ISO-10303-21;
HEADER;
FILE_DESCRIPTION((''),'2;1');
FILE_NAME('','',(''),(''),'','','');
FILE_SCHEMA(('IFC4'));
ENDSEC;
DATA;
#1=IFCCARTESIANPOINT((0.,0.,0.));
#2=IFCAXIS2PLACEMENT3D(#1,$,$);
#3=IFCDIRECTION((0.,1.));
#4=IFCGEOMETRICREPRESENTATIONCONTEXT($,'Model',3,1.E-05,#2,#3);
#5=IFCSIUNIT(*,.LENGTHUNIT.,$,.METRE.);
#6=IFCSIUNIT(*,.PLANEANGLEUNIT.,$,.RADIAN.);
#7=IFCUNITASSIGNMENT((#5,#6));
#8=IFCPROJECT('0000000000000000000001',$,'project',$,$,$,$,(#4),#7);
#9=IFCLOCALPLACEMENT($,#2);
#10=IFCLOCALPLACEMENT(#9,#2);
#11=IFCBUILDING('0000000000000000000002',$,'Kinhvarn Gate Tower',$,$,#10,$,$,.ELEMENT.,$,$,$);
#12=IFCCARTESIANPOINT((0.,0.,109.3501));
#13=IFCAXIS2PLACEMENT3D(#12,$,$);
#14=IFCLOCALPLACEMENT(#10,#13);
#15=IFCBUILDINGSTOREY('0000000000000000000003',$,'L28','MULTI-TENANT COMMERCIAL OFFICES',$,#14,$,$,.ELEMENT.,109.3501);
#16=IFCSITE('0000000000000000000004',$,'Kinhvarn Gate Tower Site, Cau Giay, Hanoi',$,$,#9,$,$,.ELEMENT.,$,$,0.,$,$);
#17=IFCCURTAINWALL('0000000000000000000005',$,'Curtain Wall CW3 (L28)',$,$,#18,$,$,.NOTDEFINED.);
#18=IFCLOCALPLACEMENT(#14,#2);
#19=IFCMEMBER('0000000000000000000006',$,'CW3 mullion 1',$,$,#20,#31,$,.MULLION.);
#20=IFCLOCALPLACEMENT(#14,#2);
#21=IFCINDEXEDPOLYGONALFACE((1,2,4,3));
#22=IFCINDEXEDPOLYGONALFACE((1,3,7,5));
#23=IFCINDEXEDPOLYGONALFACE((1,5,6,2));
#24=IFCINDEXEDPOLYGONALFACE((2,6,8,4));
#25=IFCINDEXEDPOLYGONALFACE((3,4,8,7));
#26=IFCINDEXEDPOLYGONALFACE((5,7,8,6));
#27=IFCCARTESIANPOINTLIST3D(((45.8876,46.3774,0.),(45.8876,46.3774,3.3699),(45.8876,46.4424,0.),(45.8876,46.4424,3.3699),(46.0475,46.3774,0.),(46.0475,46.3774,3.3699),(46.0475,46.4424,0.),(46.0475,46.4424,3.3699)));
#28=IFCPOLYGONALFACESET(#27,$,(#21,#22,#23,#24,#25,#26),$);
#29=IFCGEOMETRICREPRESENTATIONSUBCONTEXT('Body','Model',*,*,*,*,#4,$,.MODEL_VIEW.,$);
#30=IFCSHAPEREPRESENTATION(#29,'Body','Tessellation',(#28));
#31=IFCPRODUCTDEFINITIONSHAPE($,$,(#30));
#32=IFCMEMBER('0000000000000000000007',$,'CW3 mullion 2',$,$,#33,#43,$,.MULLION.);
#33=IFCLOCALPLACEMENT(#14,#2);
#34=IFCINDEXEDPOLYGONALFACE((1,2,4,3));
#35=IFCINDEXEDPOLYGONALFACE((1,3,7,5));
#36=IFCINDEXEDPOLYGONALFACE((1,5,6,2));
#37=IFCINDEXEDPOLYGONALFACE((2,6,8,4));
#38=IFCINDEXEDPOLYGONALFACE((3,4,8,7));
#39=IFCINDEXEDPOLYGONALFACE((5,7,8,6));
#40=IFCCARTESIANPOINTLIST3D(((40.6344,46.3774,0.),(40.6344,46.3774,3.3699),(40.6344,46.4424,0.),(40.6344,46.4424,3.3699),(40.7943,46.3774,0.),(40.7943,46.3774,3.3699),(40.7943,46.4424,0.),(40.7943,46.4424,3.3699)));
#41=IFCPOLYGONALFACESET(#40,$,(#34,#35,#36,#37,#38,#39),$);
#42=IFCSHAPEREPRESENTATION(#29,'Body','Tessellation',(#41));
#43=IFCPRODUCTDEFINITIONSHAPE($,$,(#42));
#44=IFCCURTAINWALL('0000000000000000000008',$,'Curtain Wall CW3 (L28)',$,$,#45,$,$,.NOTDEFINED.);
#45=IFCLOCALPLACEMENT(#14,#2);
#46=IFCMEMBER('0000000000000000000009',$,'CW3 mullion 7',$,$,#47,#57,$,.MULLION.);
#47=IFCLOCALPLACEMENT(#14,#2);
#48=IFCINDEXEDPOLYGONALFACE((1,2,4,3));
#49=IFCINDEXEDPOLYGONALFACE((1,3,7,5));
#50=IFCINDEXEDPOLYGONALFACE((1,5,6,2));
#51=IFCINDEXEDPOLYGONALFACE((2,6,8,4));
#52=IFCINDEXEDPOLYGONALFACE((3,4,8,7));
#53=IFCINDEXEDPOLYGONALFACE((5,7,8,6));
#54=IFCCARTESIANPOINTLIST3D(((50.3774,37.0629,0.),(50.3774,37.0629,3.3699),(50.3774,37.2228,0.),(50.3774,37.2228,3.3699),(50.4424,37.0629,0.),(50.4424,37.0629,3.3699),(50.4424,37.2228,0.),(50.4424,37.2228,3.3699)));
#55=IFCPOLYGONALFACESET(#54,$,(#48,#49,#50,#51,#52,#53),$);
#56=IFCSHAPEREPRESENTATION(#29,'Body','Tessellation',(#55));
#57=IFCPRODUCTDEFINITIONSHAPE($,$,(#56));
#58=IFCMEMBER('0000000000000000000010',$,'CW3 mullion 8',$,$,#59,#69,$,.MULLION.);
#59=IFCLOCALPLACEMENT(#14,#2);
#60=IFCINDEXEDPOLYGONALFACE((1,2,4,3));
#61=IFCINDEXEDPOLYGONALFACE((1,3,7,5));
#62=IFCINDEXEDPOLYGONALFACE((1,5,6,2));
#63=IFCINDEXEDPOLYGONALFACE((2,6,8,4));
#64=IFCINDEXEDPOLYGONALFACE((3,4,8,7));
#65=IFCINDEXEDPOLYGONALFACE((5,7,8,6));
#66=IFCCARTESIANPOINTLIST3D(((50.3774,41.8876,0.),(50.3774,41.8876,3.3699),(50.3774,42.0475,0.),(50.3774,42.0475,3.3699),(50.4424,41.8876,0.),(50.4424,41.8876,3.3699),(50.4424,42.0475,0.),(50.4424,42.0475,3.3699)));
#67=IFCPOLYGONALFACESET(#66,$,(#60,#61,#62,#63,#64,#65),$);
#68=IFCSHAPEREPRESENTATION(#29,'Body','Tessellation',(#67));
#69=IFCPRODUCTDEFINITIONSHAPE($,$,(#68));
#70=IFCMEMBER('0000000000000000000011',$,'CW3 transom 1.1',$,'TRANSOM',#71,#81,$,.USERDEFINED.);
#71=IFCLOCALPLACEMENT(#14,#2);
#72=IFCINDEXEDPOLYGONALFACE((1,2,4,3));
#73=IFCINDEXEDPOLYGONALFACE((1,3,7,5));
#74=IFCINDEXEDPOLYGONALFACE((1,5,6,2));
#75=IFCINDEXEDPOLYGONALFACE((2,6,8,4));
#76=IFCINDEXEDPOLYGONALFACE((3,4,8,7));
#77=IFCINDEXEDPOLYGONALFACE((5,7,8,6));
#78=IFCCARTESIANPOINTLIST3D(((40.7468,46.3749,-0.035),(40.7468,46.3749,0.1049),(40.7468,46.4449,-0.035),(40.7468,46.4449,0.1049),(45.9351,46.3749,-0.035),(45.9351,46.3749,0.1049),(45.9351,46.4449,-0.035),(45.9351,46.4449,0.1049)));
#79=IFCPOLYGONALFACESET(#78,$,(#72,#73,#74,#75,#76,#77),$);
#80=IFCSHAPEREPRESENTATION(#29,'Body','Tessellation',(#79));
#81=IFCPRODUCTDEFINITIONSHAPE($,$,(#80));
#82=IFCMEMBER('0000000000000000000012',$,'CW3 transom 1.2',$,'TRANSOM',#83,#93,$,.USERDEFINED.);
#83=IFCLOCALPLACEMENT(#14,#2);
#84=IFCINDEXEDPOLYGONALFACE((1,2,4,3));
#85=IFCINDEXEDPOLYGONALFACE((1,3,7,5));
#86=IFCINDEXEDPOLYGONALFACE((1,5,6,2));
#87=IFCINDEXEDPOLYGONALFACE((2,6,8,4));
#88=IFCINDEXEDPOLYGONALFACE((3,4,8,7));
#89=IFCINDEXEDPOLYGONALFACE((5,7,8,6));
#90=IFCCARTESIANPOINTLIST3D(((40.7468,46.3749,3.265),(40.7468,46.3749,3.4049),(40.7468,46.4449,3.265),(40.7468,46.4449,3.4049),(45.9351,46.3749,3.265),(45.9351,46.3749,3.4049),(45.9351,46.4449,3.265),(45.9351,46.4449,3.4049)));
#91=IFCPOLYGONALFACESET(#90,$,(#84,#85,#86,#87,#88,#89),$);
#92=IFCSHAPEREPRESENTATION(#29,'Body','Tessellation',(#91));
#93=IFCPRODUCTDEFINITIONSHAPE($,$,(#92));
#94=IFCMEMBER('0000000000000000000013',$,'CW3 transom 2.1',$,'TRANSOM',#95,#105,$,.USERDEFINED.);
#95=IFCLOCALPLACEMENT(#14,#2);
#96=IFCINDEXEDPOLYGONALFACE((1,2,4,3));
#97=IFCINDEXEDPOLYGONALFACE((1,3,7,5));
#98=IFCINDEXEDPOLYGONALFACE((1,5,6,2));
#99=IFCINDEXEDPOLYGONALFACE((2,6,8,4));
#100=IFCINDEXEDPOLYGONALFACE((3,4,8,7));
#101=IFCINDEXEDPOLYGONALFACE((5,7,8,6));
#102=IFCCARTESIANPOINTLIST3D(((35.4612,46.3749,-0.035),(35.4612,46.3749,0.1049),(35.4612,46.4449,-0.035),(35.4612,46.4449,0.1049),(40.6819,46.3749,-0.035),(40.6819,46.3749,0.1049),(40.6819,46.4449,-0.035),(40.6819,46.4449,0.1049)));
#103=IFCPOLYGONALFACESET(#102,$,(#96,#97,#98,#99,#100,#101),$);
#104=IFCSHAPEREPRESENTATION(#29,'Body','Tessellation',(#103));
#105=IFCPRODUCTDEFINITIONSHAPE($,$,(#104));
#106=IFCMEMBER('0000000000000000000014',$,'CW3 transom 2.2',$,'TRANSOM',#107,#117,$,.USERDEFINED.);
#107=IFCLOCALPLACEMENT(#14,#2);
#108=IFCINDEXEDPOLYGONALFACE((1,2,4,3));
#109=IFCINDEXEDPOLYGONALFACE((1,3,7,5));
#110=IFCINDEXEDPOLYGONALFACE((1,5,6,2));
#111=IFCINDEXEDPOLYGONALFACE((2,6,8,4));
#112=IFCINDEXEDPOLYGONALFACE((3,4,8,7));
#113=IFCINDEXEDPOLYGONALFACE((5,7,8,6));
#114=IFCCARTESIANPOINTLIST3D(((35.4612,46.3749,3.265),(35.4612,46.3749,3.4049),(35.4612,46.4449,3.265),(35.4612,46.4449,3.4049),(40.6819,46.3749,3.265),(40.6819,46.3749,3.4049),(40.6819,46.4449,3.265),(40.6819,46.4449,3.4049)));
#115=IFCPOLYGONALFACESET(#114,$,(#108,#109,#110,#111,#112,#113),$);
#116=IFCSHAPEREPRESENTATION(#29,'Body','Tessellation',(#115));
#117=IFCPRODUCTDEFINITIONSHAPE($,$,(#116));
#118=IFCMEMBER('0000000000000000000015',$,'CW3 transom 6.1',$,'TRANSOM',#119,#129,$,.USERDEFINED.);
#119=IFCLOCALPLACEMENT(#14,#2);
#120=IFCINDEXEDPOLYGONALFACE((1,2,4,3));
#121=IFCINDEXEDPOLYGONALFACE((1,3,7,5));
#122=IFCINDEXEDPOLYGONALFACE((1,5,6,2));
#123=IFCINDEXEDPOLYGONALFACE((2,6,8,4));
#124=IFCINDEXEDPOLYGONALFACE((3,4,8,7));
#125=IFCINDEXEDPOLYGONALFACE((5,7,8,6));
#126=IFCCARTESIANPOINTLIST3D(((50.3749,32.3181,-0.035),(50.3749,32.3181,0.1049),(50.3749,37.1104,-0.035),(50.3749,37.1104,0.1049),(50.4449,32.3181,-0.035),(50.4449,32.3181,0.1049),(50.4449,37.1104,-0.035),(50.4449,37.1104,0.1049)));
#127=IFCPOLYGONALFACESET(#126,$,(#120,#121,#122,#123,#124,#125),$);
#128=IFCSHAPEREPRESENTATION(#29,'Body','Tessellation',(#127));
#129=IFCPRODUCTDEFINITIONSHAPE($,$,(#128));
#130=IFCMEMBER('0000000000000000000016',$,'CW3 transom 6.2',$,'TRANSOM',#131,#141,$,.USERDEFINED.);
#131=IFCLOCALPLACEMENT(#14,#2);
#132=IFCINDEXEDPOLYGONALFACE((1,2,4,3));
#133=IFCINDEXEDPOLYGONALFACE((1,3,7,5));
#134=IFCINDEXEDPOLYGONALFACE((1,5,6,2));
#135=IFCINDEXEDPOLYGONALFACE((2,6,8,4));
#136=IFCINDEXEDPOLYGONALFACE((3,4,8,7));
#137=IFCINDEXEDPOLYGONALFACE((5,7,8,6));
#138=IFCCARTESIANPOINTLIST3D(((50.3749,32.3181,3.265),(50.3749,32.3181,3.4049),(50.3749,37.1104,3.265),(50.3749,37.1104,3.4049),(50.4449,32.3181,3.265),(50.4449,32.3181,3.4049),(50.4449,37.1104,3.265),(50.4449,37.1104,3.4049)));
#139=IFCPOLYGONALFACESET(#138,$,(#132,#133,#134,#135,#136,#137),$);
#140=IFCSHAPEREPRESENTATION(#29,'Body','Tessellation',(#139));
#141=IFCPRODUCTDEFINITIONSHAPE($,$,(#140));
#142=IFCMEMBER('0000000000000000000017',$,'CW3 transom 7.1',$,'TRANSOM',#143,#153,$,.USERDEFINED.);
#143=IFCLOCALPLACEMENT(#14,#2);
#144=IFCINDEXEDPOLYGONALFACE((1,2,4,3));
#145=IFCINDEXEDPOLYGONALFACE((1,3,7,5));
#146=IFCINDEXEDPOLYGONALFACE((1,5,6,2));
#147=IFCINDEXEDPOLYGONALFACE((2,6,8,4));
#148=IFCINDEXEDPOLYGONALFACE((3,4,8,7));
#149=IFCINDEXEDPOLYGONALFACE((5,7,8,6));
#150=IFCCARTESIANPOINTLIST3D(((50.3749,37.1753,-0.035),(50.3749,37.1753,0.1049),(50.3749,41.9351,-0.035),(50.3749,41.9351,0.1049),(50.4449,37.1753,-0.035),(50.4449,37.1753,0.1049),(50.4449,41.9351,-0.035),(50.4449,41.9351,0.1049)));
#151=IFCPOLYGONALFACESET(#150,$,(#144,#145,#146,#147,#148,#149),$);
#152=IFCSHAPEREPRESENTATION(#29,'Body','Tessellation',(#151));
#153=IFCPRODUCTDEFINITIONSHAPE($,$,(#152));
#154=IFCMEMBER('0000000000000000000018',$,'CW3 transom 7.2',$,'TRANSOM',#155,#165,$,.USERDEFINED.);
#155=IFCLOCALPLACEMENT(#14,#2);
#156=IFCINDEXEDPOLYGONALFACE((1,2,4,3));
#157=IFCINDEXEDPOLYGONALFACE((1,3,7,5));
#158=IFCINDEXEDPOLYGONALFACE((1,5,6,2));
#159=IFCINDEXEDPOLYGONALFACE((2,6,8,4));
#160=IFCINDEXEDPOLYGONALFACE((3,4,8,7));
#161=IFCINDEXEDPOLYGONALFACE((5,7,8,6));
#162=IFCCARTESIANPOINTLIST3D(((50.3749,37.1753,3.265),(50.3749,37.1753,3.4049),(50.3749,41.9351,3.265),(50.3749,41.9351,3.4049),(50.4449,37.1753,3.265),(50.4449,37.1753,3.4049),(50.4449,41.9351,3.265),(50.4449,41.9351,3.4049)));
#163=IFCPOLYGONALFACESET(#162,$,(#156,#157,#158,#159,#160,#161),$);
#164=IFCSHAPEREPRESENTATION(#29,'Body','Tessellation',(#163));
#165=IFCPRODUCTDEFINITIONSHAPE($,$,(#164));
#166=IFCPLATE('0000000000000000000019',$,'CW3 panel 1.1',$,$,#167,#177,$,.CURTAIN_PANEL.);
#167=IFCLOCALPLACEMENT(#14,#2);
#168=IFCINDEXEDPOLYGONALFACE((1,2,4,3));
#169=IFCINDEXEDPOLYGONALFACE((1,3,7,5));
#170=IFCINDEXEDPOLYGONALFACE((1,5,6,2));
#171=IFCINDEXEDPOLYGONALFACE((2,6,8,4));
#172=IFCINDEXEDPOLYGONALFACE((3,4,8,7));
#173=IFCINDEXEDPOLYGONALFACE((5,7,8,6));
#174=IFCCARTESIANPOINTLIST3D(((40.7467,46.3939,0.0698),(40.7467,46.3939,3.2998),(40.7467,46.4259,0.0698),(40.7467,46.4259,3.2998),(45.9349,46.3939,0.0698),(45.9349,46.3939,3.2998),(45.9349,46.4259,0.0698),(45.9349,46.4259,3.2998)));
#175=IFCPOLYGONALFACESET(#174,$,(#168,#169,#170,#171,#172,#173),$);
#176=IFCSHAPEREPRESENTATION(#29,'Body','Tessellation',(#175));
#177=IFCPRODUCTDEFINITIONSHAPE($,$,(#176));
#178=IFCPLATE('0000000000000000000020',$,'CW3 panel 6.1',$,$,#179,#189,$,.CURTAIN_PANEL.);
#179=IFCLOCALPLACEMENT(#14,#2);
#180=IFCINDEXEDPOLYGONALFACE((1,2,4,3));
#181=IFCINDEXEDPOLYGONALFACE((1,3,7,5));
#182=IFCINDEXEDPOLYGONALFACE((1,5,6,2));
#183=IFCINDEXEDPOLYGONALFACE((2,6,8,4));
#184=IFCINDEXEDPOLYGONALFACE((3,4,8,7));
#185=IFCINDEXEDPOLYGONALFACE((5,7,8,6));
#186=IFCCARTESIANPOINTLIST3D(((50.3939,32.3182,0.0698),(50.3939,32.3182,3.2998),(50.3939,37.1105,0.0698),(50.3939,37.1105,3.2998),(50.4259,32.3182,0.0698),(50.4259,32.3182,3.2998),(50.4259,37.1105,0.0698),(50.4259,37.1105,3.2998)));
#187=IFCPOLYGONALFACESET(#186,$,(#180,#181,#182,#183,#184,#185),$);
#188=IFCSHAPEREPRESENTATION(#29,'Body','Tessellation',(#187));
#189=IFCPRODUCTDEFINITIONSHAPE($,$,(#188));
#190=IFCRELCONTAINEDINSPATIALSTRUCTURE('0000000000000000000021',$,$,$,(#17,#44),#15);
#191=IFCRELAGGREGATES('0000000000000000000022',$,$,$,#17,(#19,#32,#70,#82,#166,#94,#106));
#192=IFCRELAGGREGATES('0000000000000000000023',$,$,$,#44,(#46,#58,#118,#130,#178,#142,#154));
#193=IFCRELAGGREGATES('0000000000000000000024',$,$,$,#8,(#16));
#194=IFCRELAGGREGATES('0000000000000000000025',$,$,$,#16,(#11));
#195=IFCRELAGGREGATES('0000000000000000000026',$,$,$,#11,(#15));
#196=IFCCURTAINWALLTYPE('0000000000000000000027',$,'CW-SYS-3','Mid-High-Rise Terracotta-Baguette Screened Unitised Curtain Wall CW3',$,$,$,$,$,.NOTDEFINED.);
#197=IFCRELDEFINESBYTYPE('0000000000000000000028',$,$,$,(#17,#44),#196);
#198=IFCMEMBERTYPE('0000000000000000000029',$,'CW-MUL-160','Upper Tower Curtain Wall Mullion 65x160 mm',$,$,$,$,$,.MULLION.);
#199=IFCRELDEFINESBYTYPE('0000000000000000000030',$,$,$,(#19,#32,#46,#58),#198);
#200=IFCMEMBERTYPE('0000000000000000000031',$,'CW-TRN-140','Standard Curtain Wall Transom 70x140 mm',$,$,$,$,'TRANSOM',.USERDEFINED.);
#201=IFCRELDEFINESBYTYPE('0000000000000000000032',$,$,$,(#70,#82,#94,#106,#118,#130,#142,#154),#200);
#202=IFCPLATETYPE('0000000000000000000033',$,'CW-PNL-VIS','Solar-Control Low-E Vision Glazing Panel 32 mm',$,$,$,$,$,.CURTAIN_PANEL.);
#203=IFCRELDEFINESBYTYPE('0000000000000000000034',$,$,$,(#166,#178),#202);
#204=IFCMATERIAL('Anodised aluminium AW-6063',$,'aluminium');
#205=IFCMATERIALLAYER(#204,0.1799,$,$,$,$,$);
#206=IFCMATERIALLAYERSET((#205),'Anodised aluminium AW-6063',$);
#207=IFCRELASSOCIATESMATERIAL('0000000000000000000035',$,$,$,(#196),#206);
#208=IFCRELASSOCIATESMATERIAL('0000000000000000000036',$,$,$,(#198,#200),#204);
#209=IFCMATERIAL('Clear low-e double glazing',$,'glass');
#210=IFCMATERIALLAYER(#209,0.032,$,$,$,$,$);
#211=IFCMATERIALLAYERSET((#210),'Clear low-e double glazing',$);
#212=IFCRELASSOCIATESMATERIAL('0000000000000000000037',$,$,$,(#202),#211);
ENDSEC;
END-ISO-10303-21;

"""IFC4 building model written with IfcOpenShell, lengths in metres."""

from ifc_helpers import new_model, si_unit, direction, frame, origin, origin_2d, place, context, subcontext, project, spatial, rectangle, extrude, material, layer, layer_set, material_profile, profile_set, type_object, element, aggregate, save


model = new_model("IFC4")

# Units and contexts
model_context = context("Model", 3, precision=1e-05, world=origin(), true_north=direction((0.0, 1.0)))
body_context = subcontext(model_context, "Body", "Model", "MODEL_VIEW")
ifc_project = project(units=[si_unit("LENGTHUNIT", "METRE"), si_unit("PLANEANGLEUNIT", "RADIAN")], contexts=[model_context])

# Site, building, storey
site_placement = place(None, origin())
site = spatial("IfcSite", under=ifc_project, at=site_placement, Name="Kinhvarn Gate Tower Site, Cau Giay, Hanoi", CompositionType="ELEMENT", RefElevation=0.0)
building_placement = place(site_placement, origin())
building = spatial("IfcBuilding", under=site, at=building_placement, Name="Kinhvarn Gate Tower", CompositionType="ELEMENT")
storey_placement = place(building_placement, frame((0.0, 0.0, 109.3501)))
storey = spatial("IfcBuildingStorey", under=building, at=storey_placement, Name="L28", Description="MULTI-TENANT COMMERCIAL OFFICES", CompositionType="ELEMENT", Elevation=109.3501)

# Curtain walls, members
ifc_material_1 = material(Name="Anodised aluminium AW-6063", Category="aluminium")
ifc_layer_1 = layer(ifc_material_1, 0.1799)
ifc_layer_set_1 = layer_set([ifc_layer_1], Name="Anodised aluminium AW-6063")
curtain_wall_type = type_object("IfcCurtainWallType", Name="CW-SYS-3", Description="Mid-High-Rise Terracotta-Baguette Screened Unitised Curtain Wall CW3", PredefinedType="NOTDEFINED", material=ifc_layer_set_1)
curtain_wall_1_placement = place(storey_placement, origin())
curtain_wall_1 = element("IfcCurtainWall", 1, at=curtain_wall_1_placement, inside=storey, type_object=curtain_wall_type, Name="Curtain Wall CW3 (L28)", PredefinedType="NOTDEFINED")
ifc_material_profile_1 = material_profile(ifc_material_1, rectangle(XDim=0.0649, YDim=0.1599, at=origin_2d()), Name="ALU 65x160")
ifc_profile_set_1 = profile_set([ifc_material_profile_1], Name="Anodised aluminium AW-6063")
member_type_1 = type_object("IfcMemberType", Name="CW-MUL-160", Description="Upper Tower Curtain Wall Mullion 65x160 mm", PredefinedType="MULLION", material=ifc_profile_set_1)
member_1_placement = place(storey_placement, frame((45.9675, 46.4099, 0.0), z_axis=(0.0, 0.0, 1.0), x_axis=(0.0, -1.0, 0.0)))
member_1 = element("IfcMember", 2, at=member_1_placement, type_object=member_type_1, Name="CW3 mullion 1", PredefinedType="MULLION", context=body_context, shape_type="SweptSolid", body=[
    extrude(rectangle(XDim=0.0649, YDim=0.1599, at=origin_2d()), origin(), (0.0, 0.0, 1.0), 3.3699),
])
member_2_placement = place(storey_placement, frame((40.7144, 46.4099, 0.0), z_axis=(0.0, 0.0, 1.0), x_axis=(0.0, -1.0, 0.0)))
member_2 = element("IfcMember", 3, at=member_2_placement, type_object=member_type_1, Name="CW3 mullion 2", PredefinedType="MULLION", context=body_context, shape_type="SweptSolid", body=[
    extrude(rectangle(XDim=0.0649, YDim=0.1599, at=origin_2d()), origin(), (0.0, 0.0, 1.0), 3.3699),
])
curtain_wall_2_placement = place(storey_placement, origin())
curtain_wall_2 = element("IfcCurtainWall", 4, at=curtain_wall_2_placement, inside=storey, type_object=curtain_wall_type, Name="Curtain Wall CW3 (L28)", PredefinedType="NOTDEFINED")
member_3_placement = place(storey_placement, frame((50.4099, 37.1428, 0.0), z_axis=(0.0, 0.0, 1.0), x_axis=(-1.0, 0.0, 0.0)))
member_3 = element("IfcMember", 5, at=member_3_placement, type_object=member_type_1, Name="CW3 mullion 7", PredefinedType="MULLION", context=body_context, shape_type="SweptSolid", body=[
    extrude(rectangle(XDim=0.0649, YDim=0.1599, at=origin_2d()), origin(), (0.0, 0.0, 1.0), 3.3699),
])
member_4_placement = place(storey_placement, frame((50.4099, 41.9675, 0.0), z_axis=(0.0, 0.0, 1.0), x_axis=(-1.0, 0.0, 0.0)))
member_4 = element("IfcMember", 6, at=member_4_placement, type_object=member_type_1, Name="CW3 mullion 8", PredefinedType="MULLION", context=body_context, shape_type="SweptSolid", body=[
    extrude(rectangle(XDim=0.0649, YDim=0.1599, at=origin_2d()), origin(), (0.0, 0.0, 1.0), 3.3699),
])

# Members
ifc_material_profile_2 = material_profile(ifc_material_1, rectangle(XDim=0.0701, YDim=0.1399, at=origin_2d()), Name="ALU 70x140")
ifc_profile_set_2 = profile_set([ifc_material_profile_2], Name="Anodised aluminium AW-6063")
member_type_2 = type_object("IfcMemberType", Name="CW-TRN-140", Description="Standard Curtain Wall Transom 70x140 mm", ElementType="TRANSOM", PredefinedType="USERDEFINED", material=ifc_profile_set_2)
member_5_placement = place(storey_placement, frame((45.9351, 46.4099, 0.0349), z_axis=(-1.0, 0.0, 0.0), x_axis=(0.0, -1.0, 0.0)))
member_5 = element("IfcMember", 7, at=member_5_placement, type_object=member_type_2, Name="CW3 transom 1.1", ObjectType="TRANSOM", PredefinedType="USERDEFINED", context=body_context, shape_type="SweptSolid", body=[
    extrude(rectangle(XDim=0.0701, YDim=0.1399, at=origin_2d()), origin(), (0.0, 0.0, 1.0), 5.1882),
])
member_6_placement = place(storey_placement, frame((45.9351, 46.4099, 3.335), z_axis=(-1.0, 0.0, 0.0), x_axis=(0.0, -1.0, 0.0)))
member_6 = element("IfcMember", 8, at=member_6_placement, type_object=member_type_2, Name="CW3 transom 1.2", ObjectType="TRANSOM", PredefinedType="USERDEFINED", context=body_context, shape_type="SweptSolid", body=[
    extrude(rectangle(XDim=0.0701, YDim=0.1399, at=origin_2d()), origin(), (0.0, 0.0, 1.0), 5.1882),
])
member_7_placement = place(storey_placement, frame((40.6819, 46.4099, 0.0349), z_axis=(-1.0, 0.0, 0.0), x_axis=(0.0, -1.0, 0.0)))
member_7 = element("IfcMember", 9, at=member_7_placement, type_object=member_type_2, Name="CW3 transom 2.1", ObjectType="TRANSOM", PredefinedType="USERDEFINED", context=body_context, shape_type="SweptSolid", body=[
    extrude(rectangle(XDim=0.0701, YDim=0.1399, at=origin_2d()), origin(), (0.0, 0.0, 1.0), 5.2207),
])
member_8_placement = place(storey_placement, frame((40.6819, 46.4099, 3.335), z_axis=(-1.0, 0.0, 0.0), x_axis=(0.0, -1.0, 0.0)))
member_8 = element("IfcMember", 10, at=member_8_placement, type_object=member_type_2, Name="CW3 transom 2.2", ObjectType="TRANSOM", PredefinedType="USERDEFINED", context=body_context, shape_type="SweptSolid", body=[
    extrude(rectangle(XDim=0.0701, YDim=0.1399, at=origin_2d()), origin(), (0.0, 0.0, 1.0), 5.2207),
])
member_9_placement = place(storey_placement, frame((50.4099, 32.3181, 0.0349), z_axis=(0.0, 1.0, 0.0), x_axis=(-1.0, 0.0, 0.0)))
member_9 = element("IfcMember", 11, at=member_9_placement, type_object=member_type_2, Name="CW3 transom 6.1", ObjectType="TRANSOM", PredefinedType="USERDEFINED", context=body_context, shape_type="SweptSolid", body=[
    extrude(rectangle(XDim=0.0701, YDim=0.1399, at=origin_2d()), origin(), (0.0, 0.0, 1.0), 4.7922),
])
member_10_placement = place(storey_placement, frame((50.4099, 32.3181, 3.335), z_axis=(0.0, 1.0, 0.0), x_axis=(-1.0, 0.0, 0.0)))
member_10 = element("IfcMember", 12, at=member_10_placement, type_object=member_type_2, Name="CW3 transom 6.2", ObjectType="TRANSOM", PredefinedType="USERDEFINED", context=body_context, shape_type="SweptSolid", body=[
    extrude(rectangle(XDim=0.0701, YDim=0.1399, at=origin_2d()), origin(), (0.0, 0.0, 1.0), 4.7922),
])
member_11_placement = place(storey_placement, frame((50.4099, 37.1753, 0.0349), z_axis=(0.0, 1.0, 0.0), x_axis=(-1.0, 0.0, 0.0)))
member_11 = element("IfcMember", 13, at=member_11_placement, type_object=member_type_2, Name="CW3 transom 7.1", ObjectType="TRANSOM", PredefinedType="USERDEFINED", context=body_context, shape_type="SweptSolid", body=[
    extrude(rectangle(XDim=0.0701, YDim=0.1399, at=origin_2d()), origin(), (0.0, 0.0, 1.0), 4.7598),
])
member_12_placement = place(storey_placement, frame((50.4099, 37.1753, 3.335), z_axis=(0.0, 1.0, 0.0), x_axis=(-1.0, 0.0, 0.0)))
member_12 = element("IfcMember", 14, at=member_12_placement, type_object=member_type_2, Name="CW3 transom 7.2", ObjectType="TRANSOM", PredefinedType="USERDEFINED", context=body_context, shape_type="SweptSolid", body=[
    extrude(rectangle(XDim=0.0701, YDim=0.1399, at=origin_2d()), origin(), (0.0, 0.0, 1.0), 4.7598),
])

# Plates
ifc_material_2 = material(Name="Clear low-e double glazing", Category="glass")
ifc_layer_2 = layer(ifc_material_2, 0.032)
ifc_layer_set_2 = layer_set([ifc_layer_2], Name="Clear low-e double glazing")
plate_type = type_object("IfcPlateType", Name="CW-PNL-VIS", Description="Solar-Control Low-E Vision Glazing Panel 32 mm", PredefinedType="CURTAIN_PANEL", material=ifc_layer_set_2)
plate_1_placement = place(storey_placement, frame((43.3408, 46.4099, 0.0698), z_axis=(0.0, 0.0, 1.0), x_axis=(-1.0, 0.0, 0.0)))
plate_1 = element("IfcPlate", 15, at=plate_1_placement, type_object=plate_type, Name="CW3 panel 1.1", PredefinedType="CURTAIN_PANEL", context=body_context, shape_type="SweptSolid", body=[
    extrude(rectangle(XDim=5.1882, YDim=0.032, at=origin_2d()), origin(), (0.0, 0.0, 1.0), 3.23),
])
aggregate(curtain_wall_1, [member_1, member_2, member_5, member_6, plate_1, member_7, member_8])
plate_2_placement = place(storey_placement, frame((50.4099, 34.7144, 0.0698), z_axis=(0.0, 0.0, 1.0), x_axis=(0.0, 1.0, 0.0)))
plate_2 = element("IfcPlate", 16, at=plate_2_placement, type_object=plate_type, Name="CW3 panel 6.1", PredefinedType="CURTAIN_PANEL", context=body_context, shape_type="SweptSolid", body=[
    extrude(rectangle(XDim=4.7922, YDim=0.032, at=origin_2d()), origin(), (0.0, 0.0, 1.0), 3.23),
])
aggregate(curtain_wall_2, [member_3, member_4, member_9, member_10, plate_2, member_11, member_12])

save(model, "model.ifc")
